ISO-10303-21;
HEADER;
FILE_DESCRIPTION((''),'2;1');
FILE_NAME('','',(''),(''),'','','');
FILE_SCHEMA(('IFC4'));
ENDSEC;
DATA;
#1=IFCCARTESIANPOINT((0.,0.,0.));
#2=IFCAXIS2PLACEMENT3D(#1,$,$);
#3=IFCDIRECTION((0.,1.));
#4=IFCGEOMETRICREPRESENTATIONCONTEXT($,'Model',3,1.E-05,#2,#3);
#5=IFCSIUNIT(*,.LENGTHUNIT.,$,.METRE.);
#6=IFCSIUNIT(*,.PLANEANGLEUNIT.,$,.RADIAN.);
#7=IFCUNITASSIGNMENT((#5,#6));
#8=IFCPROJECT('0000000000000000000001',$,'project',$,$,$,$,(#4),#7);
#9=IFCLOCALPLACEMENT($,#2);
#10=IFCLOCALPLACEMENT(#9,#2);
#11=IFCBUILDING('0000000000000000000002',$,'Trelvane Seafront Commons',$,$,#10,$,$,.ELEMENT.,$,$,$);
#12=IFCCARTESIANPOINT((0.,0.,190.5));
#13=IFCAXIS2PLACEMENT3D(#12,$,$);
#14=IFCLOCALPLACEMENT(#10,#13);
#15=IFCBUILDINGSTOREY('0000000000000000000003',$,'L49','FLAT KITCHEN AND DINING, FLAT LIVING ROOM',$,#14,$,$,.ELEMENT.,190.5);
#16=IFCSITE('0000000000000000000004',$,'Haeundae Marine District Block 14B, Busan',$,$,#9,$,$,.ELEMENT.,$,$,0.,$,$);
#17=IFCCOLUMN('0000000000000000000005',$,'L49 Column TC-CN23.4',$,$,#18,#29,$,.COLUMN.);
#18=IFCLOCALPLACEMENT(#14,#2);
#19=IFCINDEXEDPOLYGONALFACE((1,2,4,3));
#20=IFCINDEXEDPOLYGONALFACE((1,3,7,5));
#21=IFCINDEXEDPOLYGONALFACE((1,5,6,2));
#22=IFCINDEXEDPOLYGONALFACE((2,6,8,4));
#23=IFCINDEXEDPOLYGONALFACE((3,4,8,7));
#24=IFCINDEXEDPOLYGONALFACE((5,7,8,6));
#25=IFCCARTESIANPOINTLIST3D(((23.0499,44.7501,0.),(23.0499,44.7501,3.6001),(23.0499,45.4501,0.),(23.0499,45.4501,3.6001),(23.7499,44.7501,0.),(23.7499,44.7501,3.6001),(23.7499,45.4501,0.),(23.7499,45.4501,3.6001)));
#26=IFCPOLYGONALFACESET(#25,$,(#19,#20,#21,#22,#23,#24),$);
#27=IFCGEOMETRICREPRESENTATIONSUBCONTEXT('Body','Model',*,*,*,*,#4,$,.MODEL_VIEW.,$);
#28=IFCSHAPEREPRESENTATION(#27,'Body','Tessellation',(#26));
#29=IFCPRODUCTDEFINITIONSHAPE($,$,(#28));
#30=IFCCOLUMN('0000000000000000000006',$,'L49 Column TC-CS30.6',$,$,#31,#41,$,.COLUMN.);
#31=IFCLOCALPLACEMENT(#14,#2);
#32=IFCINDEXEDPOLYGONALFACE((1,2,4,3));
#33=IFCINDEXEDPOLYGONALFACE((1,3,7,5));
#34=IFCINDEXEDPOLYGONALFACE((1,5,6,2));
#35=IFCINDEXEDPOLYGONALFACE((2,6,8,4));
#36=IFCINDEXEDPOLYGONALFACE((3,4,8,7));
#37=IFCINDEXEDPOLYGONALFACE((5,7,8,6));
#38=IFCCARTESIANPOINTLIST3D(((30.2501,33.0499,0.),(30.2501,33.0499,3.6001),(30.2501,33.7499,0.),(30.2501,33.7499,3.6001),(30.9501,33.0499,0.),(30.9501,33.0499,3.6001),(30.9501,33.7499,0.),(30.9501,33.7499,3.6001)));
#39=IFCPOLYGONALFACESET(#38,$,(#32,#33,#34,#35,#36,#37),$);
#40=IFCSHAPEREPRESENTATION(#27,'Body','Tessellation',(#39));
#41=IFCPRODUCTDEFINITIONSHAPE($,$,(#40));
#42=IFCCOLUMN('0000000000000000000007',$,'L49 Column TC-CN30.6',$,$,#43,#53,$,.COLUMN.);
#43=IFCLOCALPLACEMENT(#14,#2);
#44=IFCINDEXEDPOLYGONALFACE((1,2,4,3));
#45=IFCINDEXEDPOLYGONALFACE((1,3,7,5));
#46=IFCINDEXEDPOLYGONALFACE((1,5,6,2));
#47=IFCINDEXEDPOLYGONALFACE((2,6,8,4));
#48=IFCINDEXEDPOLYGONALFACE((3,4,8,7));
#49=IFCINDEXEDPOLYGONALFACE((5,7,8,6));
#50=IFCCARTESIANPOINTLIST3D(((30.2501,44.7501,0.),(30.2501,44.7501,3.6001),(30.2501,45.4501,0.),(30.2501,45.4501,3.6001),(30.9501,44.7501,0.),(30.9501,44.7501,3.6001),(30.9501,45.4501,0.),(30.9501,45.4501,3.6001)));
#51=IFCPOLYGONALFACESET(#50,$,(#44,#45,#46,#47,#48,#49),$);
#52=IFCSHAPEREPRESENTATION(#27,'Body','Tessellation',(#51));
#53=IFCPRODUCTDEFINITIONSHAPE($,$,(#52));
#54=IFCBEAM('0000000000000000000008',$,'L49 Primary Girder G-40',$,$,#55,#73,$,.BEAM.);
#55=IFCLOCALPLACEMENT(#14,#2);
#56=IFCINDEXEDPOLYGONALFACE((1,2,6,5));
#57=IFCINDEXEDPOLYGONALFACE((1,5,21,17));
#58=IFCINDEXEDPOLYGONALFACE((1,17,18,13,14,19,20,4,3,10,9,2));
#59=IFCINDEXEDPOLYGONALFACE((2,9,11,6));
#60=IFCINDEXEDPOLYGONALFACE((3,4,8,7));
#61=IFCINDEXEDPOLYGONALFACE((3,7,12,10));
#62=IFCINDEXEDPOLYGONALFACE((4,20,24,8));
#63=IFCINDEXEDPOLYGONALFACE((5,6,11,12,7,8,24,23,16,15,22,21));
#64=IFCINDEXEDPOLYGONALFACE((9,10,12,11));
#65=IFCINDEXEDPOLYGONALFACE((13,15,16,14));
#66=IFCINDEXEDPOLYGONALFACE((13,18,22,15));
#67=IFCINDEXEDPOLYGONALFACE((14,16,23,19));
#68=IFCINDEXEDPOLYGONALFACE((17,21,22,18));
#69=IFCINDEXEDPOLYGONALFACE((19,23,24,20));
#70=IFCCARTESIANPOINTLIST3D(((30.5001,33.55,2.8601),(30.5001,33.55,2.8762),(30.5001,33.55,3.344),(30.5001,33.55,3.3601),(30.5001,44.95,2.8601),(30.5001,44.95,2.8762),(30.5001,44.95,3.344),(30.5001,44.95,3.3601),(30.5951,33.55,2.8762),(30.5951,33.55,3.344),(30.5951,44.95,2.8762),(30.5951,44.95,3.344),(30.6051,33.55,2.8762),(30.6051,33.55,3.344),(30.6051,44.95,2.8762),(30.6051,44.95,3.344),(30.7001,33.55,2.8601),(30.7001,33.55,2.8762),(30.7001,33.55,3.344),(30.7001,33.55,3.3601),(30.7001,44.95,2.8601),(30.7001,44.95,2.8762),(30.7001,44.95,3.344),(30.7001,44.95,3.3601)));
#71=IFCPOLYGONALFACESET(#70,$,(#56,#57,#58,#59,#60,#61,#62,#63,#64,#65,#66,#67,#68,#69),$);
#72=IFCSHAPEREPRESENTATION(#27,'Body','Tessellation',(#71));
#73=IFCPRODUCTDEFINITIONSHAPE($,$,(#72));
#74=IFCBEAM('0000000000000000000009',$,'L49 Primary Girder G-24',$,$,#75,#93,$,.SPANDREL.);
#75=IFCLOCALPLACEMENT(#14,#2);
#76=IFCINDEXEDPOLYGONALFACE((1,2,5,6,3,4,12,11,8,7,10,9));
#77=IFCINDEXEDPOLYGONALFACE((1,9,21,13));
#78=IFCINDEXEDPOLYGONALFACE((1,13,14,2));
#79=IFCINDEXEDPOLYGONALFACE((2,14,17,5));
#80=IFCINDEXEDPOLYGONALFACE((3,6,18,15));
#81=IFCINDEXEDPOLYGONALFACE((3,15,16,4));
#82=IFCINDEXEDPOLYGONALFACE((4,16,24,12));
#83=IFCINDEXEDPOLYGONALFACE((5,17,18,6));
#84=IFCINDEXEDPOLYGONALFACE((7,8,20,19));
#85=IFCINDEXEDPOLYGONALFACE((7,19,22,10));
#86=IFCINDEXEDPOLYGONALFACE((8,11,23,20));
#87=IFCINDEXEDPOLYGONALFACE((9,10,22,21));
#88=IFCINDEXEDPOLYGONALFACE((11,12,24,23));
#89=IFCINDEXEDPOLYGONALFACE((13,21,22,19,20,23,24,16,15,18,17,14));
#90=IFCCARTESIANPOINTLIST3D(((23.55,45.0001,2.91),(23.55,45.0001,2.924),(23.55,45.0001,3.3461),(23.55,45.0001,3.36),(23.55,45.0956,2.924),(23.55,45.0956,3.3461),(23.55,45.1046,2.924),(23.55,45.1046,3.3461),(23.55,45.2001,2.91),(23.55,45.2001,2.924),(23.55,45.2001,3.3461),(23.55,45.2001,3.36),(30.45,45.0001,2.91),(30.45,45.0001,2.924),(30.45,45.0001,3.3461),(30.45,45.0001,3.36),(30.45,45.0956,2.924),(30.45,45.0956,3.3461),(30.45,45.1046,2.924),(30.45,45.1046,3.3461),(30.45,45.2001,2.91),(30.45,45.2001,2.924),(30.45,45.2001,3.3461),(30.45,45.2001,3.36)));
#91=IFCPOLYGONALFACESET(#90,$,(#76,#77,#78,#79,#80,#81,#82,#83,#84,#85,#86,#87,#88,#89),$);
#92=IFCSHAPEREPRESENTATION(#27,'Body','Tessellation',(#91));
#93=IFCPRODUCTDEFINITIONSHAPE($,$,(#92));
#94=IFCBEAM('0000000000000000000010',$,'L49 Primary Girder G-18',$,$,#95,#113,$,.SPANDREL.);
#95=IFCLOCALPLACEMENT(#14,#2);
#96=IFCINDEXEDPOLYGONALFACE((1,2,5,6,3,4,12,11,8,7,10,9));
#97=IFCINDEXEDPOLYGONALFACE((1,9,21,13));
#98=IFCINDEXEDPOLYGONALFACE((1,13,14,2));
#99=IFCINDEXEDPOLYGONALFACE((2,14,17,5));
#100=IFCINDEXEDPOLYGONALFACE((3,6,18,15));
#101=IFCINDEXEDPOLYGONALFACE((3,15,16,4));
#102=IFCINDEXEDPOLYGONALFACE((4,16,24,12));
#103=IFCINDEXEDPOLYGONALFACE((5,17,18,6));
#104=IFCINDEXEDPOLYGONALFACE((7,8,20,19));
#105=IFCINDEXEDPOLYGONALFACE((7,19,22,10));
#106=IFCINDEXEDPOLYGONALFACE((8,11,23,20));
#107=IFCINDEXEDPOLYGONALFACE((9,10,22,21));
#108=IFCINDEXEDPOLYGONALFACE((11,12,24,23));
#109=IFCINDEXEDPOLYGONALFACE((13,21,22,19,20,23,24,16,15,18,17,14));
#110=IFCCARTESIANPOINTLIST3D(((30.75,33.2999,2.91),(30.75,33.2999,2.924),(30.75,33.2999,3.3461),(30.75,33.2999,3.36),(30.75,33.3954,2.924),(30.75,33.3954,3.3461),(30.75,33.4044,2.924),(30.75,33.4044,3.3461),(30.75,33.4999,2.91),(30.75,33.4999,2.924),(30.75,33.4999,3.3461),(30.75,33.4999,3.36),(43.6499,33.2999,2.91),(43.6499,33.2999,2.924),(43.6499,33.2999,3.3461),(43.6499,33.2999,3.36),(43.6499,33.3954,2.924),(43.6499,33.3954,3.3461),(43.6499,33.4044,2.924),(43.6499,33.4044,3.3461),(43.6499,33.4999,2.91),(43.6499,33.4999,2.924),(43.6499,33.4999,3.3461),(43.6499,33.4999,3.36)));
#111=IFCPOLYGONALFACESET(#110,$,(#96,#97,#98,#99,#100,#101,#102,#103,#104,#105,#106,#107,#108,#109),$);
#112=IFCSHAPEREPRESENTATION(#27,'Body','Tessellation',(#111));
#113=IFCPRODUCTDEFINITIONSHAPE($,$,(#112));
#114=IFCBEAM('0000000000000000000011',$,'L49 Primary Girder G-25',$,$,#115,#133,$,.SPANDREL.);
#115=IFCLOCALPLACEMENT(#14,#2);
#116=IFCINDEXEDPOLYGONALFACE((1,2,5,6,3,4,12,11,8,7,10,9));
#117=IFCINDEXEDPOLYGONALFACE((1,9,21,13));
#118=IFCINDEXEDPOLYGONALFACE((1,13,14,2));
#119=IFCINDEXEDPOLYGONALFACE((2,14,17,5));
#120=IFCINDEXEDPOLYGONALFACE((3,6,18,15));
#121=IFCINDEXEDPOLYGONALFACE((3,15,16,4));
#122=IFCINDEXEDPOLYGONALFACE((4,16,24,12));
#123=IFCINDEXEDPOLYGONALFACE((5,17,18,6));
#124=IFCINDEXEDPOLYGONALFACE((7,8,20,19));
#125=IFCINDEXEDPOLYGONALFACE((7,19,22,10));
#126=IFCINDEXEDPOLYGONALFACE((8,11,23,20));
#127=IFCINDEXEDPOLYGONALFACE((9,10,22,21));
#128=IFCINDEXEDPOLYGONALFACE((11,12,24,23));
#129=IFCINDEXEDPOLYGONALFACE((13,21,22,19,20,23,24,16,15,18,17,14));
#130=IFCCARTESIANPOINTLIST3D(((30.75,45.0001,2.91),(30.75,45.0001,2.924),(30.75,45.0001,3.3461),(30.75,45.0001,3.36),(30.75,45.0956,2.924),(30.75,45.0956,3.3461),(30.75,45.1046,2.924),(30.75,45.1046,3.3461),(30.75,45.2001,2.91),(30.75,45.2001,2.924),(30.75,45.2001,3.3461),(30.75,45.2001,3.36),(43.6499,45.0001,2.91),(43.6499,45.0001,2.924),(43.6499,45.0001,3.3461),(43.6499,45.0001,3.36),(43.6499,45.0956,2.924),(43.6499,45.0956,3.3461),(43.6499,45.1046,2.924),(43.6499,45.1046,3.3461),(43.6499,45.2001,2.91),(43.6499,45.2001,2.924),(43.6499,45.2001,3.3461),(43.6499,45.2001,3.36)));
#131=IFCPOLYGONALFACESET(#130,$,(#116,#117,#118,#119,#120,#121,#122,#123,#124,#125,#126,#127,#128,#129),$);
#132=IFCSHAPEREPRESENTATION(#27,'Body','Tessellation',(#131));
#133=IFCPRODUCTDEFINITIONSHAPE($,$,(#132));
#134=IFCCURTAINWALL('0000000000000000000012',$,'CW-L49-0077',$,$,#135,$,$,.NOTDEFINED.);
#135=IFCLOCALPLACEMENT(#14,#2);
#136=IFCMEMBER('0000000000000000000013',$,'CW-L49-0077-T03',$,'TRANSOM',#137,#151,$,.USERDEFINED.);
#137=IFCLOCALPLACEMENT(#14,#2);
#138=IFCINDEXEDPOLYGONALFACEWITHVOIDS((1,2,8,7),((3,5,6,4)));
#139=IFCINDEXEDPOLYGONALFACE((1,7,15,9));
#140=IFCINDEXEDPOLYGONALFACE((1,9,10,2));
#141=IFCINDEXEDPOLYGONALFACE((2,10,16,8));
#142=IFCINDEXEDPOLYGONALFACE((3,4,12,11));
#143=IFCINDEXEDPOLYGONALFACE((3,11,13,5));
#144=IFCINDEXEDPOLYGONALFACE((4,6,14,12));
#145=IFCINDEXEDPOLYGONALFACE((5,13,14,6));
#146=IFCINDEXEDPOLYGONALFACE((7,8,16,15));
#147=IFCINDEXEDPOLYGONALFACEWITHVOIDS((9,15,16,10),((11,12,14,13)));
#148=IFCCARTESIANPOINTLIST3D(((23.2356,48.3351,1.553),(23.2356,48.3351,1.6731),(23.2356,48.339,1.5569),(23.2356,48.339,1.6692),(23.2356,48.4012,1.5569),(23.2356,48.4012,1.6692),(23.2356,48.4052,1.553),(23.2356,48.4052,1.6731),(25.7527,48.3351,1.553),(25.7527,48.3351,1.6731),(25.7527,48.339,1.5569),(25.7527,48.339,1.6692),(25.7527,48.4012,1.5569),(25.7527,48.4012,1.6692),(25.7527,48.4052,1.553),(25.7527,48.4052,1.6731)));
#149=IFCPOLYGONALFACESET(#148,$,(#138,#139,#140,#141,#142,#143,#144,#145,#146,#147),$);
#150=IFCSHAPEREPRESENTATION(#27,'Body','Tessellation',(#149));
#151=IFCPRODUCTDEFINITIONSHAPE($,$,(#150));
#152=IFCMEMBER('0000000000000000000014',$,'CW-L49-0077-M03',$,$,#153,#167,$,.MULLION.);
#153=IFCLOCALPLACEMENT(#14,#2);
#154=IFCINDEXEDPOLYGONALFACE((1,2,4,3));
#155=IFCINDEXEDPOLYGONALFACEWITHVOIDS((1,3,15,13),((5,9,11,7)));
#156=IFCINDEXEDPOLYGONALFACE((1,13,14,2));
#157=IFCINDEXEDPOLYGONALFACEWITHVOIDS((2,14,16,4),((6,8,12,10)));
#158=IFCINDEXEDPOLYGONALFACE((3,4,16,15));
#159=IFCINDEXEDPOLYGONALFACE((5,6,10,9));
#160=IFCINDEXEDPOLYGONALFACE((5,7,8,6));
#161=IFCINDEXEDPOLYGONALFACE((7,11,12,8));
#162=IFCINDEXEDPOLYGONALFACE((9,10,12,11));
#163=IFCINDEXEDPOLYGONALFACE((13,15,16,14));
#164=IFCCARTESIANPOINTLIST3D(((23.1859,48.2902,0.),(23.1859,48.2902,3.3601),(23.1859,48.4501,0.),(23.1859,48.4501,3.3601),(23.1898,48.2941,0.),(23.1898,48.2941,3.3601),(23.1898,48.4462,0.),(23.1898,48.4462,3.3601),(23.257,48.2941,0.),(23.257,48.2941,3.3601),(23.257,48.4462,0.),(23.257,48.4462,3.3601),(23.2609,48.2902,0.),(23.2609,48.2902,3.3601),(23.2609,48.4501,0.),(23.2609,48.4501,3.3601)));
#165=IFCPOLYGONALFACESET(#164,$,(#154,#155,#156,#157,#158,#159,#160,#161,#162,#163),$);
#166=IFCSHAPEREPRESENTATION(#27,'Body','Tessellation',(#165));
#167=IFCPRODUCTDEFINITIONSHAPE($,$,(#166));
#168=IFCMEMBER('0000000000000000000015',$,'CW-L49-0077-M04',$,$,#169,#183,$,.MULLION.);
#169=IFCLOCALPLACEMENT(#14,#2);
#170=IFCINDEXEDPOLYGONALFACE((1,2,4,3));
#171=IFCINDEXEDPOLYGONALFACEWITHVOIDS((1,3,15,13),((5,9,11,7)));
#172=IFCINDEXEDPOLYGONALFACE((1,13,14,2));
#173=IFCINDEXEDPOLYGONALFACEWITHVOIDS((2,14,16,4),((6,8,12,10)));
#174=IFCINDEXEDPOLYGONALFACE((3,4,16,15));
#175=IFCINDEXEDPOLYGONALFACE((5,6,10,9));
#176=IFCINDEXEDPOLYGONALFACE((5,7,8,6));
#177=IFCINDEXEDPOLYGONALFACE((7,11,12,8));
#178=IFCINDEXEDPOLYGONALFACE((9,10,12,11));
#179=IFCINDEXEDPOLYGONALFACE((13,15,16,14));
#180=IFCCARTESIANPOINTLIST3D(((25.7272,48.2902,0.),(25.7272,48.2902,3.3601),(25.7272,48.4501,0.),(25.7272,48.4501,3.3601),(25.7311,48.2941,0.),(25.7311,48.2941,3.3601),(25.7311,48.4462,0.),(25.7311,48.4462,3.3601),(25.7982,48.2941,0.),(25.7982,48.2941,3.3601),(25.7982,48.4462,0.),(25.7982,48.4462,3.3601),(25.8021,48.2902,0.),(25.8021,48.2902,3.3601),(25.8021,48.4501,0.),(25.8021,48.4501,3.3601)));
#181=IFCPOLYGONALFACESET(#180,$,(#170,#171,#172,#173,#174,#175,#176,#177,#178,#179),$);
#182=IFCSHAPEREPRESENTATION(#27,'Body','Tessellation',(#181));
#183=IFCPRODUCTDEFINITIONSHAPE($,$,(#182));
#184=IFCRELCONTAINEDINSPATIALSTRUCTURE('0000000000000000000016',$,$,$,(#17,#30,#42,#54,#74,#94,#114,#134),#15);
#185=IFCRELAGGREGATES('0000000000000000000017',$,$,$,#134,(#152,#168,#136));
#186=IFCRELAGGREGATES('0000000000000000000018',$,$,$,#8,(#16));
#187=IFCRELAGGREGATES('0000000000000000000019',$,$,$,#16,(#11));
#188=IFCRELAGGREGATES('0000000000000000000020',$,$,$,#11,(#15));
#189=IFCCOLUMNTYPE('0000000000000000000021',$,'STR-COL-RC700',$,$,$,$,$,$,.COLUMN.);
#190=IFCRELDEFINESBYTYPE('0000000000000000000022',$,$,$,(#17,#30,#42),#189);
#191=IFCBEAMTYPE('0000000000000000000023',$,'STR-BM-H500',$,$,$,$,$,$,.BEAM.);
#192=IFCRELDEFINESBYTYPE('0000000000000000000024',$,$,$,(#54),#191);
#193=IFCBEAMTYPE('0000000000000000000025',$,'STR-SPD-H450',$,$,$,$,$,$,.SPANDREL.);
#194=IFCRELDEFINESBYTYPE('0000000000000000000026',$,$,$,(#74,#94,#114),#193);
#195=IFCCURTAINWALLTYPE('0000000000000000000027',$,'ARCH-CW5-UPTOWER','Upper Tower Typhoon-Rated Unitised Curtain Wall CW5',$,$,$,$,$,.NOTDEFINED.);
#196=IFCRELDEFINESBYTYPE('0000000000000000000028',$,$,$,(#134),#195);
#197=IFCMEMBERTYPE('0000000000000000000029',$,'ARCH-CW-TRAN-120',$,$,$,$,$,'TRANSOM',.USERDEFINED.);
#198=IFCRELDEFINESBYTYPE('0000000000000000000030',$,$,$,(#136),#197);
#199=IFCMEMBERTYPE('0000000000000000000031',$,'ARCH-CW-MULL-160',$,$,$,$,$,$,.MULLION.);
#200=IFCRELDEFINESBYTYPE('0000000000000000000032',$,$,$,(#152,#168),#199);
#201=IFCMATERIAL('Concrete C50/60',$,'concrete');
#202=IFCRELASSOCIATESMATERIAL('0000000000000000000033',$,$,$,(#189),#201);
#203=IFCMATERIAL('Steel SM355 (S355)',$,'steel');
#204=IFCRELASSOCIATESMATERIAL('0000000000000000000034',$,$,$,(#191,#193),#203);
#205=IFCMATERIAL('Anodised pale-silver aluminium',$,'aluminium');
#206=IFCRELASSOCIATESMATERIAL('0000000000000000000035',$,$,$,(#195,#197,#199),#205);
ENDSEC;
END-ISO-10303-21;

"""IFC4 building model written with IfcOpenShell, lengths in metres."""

from ifc_helpers import new_model, si_unit, direction, frame, origin, origin_2d, place, context, subcontext, project, spatial, rectangle, hollow_rectangle, i_section, extrude, source, transform, mapped, material, material_profile, profile_set, type_object, element, aggregate, save


model = new_model("IFC4")

# Units and contexts
model_context = context("Model", 3, precision=1e-05, world=origin(), true_north=direction((0.0, 1.0)))
body_context = subcontext(model_context, "Body", "Model", "MODEL_VIEW")
ifc_project = project(units=[si_unit("LENGTHUNIT", "METRE"), si_unit("PLANEANGLEUNIT", "RADIAN")], contexts=[model_context])

# Site, building, storey
site_placement = place(None, origin())
site = spatial("IfcSite", under=ifc_project, at=site_placement, Name="Haeundae Marine District Block 14B, Busan", CompositionType="ELEMENT", RefElevation=0.0)
building_placement = place(site_placement, origin())
building = spatial("IfcBuilding", under=site, at=building_placement, Name="Trelvane Seafront Commons", CompositionType="ELEMENT")
storey_placement = place(building_placement, frame((0.0, 0.0, 190.5)))
storey = spatial("IfcBuildingStorey", under=building, at=storey_placement, Name="L49", Description="FLAT KITCHEN AND DINING, FLAT LIVING ROOM", CompositionType="ELEMENT", Elevation=190.5)

# Columns
ifc_material_1 = material(Name="Concrete C50/60", Category="concrete")
ifc_material_profile_1 = material_profile(ifc_material_1, rectangle(XDim=0.7, YDim=0.7, at=origin_2d()), Name="RC-700x700")
ifc_profile_set_1 = profile_set([ifc_material_profile_1], Name="Concrete C50/60")
column_type = type_object("IfcColumnType", Name="STR-COL-RC700", PredefinedType="COLUMN", material=ifc_profile_set_1)
shared_shape_1 = source(origin(), body_context, "Body", "SweptSolid", [
    extrude(rectangle(XDim=0.7, YDim=0.7, at=origin_2d()), origin(), (0.0, 0.0, 1.0), 3.6001),
])
for number, where, z_axis, x_axis, name in (
    (1, (23.3999, 45.1001, 0.0), (0.0, 0.0, 1.0), (1.0, 0.0, 0.0), "L49 Column TC-CN23.4"),
    (2, (30.6001, 33.3999, 0.0), (0.0, 0.0, 1.0), (1.0, 0.0, 0.0), "L49 Column TC-CS30.6"),
    (3, (30.6001, 45.1001, 0.0), (0.0, 0.0, 1.0), (1.0, 0.0, 0.0), "L49 Column TC-CN30.6"),
):
    element("IfcColumn", number, at=place(storey_placement, frame(where, z_axis=z_axis, x_axis=x_axis)), inside=storey, type_object=column_type, Name=name, PredefinedType="COLUMN", context=body_context, shape_type="MappedRepresentation", body=[
        mapped(shared_shape_1, transform((0.0, 0.0, 0.0), x_axis=(1.0, 0.0, 0.0), y_axis=(0.0, 1.0, 0.0), z_axis=(0.0, 0.0, 1.0), scale=1.0)),
    ])

# Beams
ifc_material_2 = material(Name="Steel SM355 (S355)", Category="steel")
ifc_material_profile_2 = material_profile(ifc_material_2, i_section(OverallWidth=0.2, OverallDepth=0.5, WebThickness=0.01, FlangeThickness=0.0161, at=origin_2d()), Name="H-500x200x10x16")
ifc_profile_set_2 = profile_set([ifc_material_profile_2], Name="Steel SM355 (S355)")
beam_type_1 = type_object("IfcBeamType", Name="STR-BM-H500", PredefinedType="BEAM", material=ifc_profile_set_2)
shared_shape_2 = source(origin(), body_context, "Body", "SweptSolid", [
    extrude(i_section(OverallWidth=0.2, OverallDepth=0.5, WebThickness=0.01, FlangeThickness=0.0161, at=origin_2d()), origin(), (0.0, 0.0, 1.0), 11.3999),
])
beam_1_placement = place(storey_placement, frame((30.6001, 33.55, 3.1101), z_axis=(0.0, 1.0, 0.0), x_axis=(-1.0, 0.0, 0.0)))
element("IfcBeam", 4, at=beam_1_placement, inside=storey, type_object=beam_type_1, Name="L49 Primary Girder G-40", PredefinedType="BEAM", context=body_context, shape_type="MappedRepresentation", body=[
    mapped(shared_shape_2, transform((0.0, 0.0, 0.0), x_axis=(1.0, 0.0, 0.0), y_axis=(0.0, 1.0, 0.0), z_axis=(0.0, 0.0, 1.0), scale=1.0)),
])
ifc_material_profile_3 = material_profile(ifc_material_2, i_section(OverallWidth=0.2, OverallDepth=0.45, WebThickness=0.009, FlangeThickness=0.0139, at=origin_2d()), Name="H-450x200x9x14")
ifc_profile_set_3 = profile_set([ifc_material_profile_3], Name="Steel SM355 (S355)")
beam_type_2 = type_object("IfcBeamType", Name="STR-SPD-H450", PredefinedType="SPANDREL", material=ifc_profile_set_3)
shared_shape_3 = source(origin(), body_context, "Body", "SweptSolid", [
    extrude(i_section(OverallWidth=0.2, OverallDepth=0.45, WebThickness=0.009, FlangeThickness=0.0139, at=origin_2d()), origin(), (0.0, 0.0, 1.0), 6.8999),
])
beam_2_placement = place(storey_placement, frame((23.55, 45.1001, 3.135), z_axis=(1.0, 0.0, 0.0), x_axis=(0.0, 1.0, 0.0)))
element("IfcBeam", 5, at=beam_2_placement, inside=storey, type_object=beam_type_2, Name="L49 Primary Girder G-24", PredefinedType="SPANDREL", context=body_context, shape_type="MappedRepresentation", body=[
    mapped(shared_shape_3, transform((0.0, 0.0, 0.0), x_axis=(1.0, 0.0, 0.0), y_axis=(0.0, 1.0, 0.0), z_axis=(0.0, 0.0, 1.0), scale=1.0)),
])
shared_shape_4 = source(origin(), body_context, "Body", "SweptSolid", [
    extrude(i_section(OverallWidth=0.2, OverallDepth=0.45, WebThickness=0.009, FlangeThickness=0.0139, at=origin_2d()), origin(), (0.0, 0.0, 1.0), 12.8999),
])
for number, where, z_axis, x_axis, name in (
    (6, (30.75, 33.3999, 3.135), (1.0, 0.0, 0.0), (0.0, 1.0, 0.0), "L49 Primary Girder G-18"),
    (7, (30.75, 45.1001, 3.135), (1.0, 0.0, 0.0), (0.0, 1.0, 0.0), "L49 Primary Girder G-25"),
):
    element("IfcBeam", number, at=place(storey_placement, frame(where, z_axis=z_axis, x_axis=x_axis)), inside=storey, type_object=beam_type_2, Name=name, PredefinedType="SPANDREL", context=body_context, shape_type="MappedRepresentation", body=[
        mapped(shared_shape_4, transform((0.0, 0.0, 0.0), x_axis=(1.0, 0.0, 0.0), y_axis=(0.0, 1.0, 0.0), z_axis=(0.0, 0.0, 1.0), scale=1.0)),
    ])

# Curtain wall, members
ifc_material_3 = material(Name="Anodised pale-silver aluminium", Category="aluminium")
curtain_wall_type = type_object("IfcCurtainWallType", Name="ARCH-CW5-UPTOWER", Description="Upper Tower Typhoon-Rated Unitised Curtain Wall CW5", PredefinedType="NOTDEFINED", material=ifc_material_3)
curtain_wall_placement = place(storey_placement, origin())
curtain_wall = element("IfcCurtainWall", 8, at=curtain_wall_placement, inside=storey, type_object=curtain_wall_type, Name="CW-L49-0077", PredefinedType="NOTDEFINED")
ifc_material_profile_4 = material_profile(ifc_material_3, hollow_rectangle(XDim=0.0701, YDim=0.1201, WallThickness=0.0039, at=origin_2d()), Name="TRAN-70x120x4")
ifc_profile_set_4 = profile_set([ifc_material_profile_4], Name="Anodised pale-silver aluminium")
member_type_1 = type_object("IfcMemberType", Name="ARCH-CW-TRAN-120", ElementType="TRANSOM", PredefinedType="USERDEFINED", material=ifc_profile_set_4)
shared_shape_5 = source(origin(), body_context, "Body", "SweptSolid", [
    extrude(hollow_rectangle(XDim=0.0701, YDim=0.1201, WallThickness=0.0039, at=origin_2d()), origin(), (0.0, 0.0, 1.0), 2.5171),
])
member_1_placement = place(storey_placement, frame((23.2356, 48.3701, 1.613), z_axis=(1.0, 0.0, 0.0), x_axis=(0.0, 1.0, 0.0)))
member_1 = element("IfcMember", 9, at=member_1_placement, type_object=member_type_1, Name="CW-L49-0077-T03", ObjectType="TRANSOM", PredefinedType="USERDEFINED", context=body_context, shape_type="MappedRepresentation", body=[
    mapped(shared_shape_5, transform((0.0, 0.0, 0.0), x_axis=(1.0, 0.0, 0.0), y_axis=(0.0, 1.0, 0.0), z_axis=(0.0, 0.0, 1.0), scale=1.0)),
])
ifc_material_profile_5 = material_profile(ifc_material_3, hollow_rectangle(XDim=0.075, YDim=0.1599, WallThickness=0.0039, at=origin_2d()), Name="MULL-75x160x4")
ifc_profile_set_5 = profile_set([ifc_material_profile_5], Name="Anodised pale-silver aluminium")
member_type_2 = type_object("IfcMemberType", Name="ARCH-CW-MULL-160", PredefinedType="MULLION", material=ifc_profile_set_5)
shared_shape_6 = source(origin(), body_context, "Body", "SweptSolid", [
    extrude(hollow_rectangle(XDim=0.075, YDim=0.1599, WallThickness=0.0039, at=origin_2d()), origin(), (0.0, 0.0, 1.0), 3.3601),
])
member_2_placement = place(storey_placement, frame((23.2234, 48.3701, 0.0), z_axis=(0.0, 0.0, 1.0), x_axis=(1.0, 0.0, 0.0)))
member_2 = element("IfcMember", 10, at=member_2_placement, type_object=member_type_2, Name="CW-L49-0077-M03", PredefinedType="MULLION", context=body_context, shape_type="MappedRepresentation", body=[
    mapped(shared_shape_6, transform((0.0, 0.0, 0.0), x_axis=(1.0, 0.0, 0.0), y_axis=(0.0, 1.0, 0.0), z_axis=(0.0, 0.0, 1.0), scale=1.0)),
])
member_3_placement = place(storey_placement, frame((25.7646, 48.3701, 0.0), z_axis=(0.0, 0.0, 1.0), x_axis=(1.0, 0.0, 0.0)))
member_3 = element("IfcMember", 11, at=member_3_placement, type_object=member_type_2, Name="CW-L49-0077-M04", PredefinedType="MULLION", context=body_context, shape_type="MappedRepresentation", body=[
    mapped(shared_shape_6, transform((0.0, 0.0, 0.0), x_axis=(1.0, 0.0, 0.0), y_axis=(0.0, 1.0, 0.0), z_axis=(0.0, 0.0, 1.0), scale=1.0)),
])
aggregate(curtain_wall, [member_2, member_3, member_1])

save(model, "model.ifc")
